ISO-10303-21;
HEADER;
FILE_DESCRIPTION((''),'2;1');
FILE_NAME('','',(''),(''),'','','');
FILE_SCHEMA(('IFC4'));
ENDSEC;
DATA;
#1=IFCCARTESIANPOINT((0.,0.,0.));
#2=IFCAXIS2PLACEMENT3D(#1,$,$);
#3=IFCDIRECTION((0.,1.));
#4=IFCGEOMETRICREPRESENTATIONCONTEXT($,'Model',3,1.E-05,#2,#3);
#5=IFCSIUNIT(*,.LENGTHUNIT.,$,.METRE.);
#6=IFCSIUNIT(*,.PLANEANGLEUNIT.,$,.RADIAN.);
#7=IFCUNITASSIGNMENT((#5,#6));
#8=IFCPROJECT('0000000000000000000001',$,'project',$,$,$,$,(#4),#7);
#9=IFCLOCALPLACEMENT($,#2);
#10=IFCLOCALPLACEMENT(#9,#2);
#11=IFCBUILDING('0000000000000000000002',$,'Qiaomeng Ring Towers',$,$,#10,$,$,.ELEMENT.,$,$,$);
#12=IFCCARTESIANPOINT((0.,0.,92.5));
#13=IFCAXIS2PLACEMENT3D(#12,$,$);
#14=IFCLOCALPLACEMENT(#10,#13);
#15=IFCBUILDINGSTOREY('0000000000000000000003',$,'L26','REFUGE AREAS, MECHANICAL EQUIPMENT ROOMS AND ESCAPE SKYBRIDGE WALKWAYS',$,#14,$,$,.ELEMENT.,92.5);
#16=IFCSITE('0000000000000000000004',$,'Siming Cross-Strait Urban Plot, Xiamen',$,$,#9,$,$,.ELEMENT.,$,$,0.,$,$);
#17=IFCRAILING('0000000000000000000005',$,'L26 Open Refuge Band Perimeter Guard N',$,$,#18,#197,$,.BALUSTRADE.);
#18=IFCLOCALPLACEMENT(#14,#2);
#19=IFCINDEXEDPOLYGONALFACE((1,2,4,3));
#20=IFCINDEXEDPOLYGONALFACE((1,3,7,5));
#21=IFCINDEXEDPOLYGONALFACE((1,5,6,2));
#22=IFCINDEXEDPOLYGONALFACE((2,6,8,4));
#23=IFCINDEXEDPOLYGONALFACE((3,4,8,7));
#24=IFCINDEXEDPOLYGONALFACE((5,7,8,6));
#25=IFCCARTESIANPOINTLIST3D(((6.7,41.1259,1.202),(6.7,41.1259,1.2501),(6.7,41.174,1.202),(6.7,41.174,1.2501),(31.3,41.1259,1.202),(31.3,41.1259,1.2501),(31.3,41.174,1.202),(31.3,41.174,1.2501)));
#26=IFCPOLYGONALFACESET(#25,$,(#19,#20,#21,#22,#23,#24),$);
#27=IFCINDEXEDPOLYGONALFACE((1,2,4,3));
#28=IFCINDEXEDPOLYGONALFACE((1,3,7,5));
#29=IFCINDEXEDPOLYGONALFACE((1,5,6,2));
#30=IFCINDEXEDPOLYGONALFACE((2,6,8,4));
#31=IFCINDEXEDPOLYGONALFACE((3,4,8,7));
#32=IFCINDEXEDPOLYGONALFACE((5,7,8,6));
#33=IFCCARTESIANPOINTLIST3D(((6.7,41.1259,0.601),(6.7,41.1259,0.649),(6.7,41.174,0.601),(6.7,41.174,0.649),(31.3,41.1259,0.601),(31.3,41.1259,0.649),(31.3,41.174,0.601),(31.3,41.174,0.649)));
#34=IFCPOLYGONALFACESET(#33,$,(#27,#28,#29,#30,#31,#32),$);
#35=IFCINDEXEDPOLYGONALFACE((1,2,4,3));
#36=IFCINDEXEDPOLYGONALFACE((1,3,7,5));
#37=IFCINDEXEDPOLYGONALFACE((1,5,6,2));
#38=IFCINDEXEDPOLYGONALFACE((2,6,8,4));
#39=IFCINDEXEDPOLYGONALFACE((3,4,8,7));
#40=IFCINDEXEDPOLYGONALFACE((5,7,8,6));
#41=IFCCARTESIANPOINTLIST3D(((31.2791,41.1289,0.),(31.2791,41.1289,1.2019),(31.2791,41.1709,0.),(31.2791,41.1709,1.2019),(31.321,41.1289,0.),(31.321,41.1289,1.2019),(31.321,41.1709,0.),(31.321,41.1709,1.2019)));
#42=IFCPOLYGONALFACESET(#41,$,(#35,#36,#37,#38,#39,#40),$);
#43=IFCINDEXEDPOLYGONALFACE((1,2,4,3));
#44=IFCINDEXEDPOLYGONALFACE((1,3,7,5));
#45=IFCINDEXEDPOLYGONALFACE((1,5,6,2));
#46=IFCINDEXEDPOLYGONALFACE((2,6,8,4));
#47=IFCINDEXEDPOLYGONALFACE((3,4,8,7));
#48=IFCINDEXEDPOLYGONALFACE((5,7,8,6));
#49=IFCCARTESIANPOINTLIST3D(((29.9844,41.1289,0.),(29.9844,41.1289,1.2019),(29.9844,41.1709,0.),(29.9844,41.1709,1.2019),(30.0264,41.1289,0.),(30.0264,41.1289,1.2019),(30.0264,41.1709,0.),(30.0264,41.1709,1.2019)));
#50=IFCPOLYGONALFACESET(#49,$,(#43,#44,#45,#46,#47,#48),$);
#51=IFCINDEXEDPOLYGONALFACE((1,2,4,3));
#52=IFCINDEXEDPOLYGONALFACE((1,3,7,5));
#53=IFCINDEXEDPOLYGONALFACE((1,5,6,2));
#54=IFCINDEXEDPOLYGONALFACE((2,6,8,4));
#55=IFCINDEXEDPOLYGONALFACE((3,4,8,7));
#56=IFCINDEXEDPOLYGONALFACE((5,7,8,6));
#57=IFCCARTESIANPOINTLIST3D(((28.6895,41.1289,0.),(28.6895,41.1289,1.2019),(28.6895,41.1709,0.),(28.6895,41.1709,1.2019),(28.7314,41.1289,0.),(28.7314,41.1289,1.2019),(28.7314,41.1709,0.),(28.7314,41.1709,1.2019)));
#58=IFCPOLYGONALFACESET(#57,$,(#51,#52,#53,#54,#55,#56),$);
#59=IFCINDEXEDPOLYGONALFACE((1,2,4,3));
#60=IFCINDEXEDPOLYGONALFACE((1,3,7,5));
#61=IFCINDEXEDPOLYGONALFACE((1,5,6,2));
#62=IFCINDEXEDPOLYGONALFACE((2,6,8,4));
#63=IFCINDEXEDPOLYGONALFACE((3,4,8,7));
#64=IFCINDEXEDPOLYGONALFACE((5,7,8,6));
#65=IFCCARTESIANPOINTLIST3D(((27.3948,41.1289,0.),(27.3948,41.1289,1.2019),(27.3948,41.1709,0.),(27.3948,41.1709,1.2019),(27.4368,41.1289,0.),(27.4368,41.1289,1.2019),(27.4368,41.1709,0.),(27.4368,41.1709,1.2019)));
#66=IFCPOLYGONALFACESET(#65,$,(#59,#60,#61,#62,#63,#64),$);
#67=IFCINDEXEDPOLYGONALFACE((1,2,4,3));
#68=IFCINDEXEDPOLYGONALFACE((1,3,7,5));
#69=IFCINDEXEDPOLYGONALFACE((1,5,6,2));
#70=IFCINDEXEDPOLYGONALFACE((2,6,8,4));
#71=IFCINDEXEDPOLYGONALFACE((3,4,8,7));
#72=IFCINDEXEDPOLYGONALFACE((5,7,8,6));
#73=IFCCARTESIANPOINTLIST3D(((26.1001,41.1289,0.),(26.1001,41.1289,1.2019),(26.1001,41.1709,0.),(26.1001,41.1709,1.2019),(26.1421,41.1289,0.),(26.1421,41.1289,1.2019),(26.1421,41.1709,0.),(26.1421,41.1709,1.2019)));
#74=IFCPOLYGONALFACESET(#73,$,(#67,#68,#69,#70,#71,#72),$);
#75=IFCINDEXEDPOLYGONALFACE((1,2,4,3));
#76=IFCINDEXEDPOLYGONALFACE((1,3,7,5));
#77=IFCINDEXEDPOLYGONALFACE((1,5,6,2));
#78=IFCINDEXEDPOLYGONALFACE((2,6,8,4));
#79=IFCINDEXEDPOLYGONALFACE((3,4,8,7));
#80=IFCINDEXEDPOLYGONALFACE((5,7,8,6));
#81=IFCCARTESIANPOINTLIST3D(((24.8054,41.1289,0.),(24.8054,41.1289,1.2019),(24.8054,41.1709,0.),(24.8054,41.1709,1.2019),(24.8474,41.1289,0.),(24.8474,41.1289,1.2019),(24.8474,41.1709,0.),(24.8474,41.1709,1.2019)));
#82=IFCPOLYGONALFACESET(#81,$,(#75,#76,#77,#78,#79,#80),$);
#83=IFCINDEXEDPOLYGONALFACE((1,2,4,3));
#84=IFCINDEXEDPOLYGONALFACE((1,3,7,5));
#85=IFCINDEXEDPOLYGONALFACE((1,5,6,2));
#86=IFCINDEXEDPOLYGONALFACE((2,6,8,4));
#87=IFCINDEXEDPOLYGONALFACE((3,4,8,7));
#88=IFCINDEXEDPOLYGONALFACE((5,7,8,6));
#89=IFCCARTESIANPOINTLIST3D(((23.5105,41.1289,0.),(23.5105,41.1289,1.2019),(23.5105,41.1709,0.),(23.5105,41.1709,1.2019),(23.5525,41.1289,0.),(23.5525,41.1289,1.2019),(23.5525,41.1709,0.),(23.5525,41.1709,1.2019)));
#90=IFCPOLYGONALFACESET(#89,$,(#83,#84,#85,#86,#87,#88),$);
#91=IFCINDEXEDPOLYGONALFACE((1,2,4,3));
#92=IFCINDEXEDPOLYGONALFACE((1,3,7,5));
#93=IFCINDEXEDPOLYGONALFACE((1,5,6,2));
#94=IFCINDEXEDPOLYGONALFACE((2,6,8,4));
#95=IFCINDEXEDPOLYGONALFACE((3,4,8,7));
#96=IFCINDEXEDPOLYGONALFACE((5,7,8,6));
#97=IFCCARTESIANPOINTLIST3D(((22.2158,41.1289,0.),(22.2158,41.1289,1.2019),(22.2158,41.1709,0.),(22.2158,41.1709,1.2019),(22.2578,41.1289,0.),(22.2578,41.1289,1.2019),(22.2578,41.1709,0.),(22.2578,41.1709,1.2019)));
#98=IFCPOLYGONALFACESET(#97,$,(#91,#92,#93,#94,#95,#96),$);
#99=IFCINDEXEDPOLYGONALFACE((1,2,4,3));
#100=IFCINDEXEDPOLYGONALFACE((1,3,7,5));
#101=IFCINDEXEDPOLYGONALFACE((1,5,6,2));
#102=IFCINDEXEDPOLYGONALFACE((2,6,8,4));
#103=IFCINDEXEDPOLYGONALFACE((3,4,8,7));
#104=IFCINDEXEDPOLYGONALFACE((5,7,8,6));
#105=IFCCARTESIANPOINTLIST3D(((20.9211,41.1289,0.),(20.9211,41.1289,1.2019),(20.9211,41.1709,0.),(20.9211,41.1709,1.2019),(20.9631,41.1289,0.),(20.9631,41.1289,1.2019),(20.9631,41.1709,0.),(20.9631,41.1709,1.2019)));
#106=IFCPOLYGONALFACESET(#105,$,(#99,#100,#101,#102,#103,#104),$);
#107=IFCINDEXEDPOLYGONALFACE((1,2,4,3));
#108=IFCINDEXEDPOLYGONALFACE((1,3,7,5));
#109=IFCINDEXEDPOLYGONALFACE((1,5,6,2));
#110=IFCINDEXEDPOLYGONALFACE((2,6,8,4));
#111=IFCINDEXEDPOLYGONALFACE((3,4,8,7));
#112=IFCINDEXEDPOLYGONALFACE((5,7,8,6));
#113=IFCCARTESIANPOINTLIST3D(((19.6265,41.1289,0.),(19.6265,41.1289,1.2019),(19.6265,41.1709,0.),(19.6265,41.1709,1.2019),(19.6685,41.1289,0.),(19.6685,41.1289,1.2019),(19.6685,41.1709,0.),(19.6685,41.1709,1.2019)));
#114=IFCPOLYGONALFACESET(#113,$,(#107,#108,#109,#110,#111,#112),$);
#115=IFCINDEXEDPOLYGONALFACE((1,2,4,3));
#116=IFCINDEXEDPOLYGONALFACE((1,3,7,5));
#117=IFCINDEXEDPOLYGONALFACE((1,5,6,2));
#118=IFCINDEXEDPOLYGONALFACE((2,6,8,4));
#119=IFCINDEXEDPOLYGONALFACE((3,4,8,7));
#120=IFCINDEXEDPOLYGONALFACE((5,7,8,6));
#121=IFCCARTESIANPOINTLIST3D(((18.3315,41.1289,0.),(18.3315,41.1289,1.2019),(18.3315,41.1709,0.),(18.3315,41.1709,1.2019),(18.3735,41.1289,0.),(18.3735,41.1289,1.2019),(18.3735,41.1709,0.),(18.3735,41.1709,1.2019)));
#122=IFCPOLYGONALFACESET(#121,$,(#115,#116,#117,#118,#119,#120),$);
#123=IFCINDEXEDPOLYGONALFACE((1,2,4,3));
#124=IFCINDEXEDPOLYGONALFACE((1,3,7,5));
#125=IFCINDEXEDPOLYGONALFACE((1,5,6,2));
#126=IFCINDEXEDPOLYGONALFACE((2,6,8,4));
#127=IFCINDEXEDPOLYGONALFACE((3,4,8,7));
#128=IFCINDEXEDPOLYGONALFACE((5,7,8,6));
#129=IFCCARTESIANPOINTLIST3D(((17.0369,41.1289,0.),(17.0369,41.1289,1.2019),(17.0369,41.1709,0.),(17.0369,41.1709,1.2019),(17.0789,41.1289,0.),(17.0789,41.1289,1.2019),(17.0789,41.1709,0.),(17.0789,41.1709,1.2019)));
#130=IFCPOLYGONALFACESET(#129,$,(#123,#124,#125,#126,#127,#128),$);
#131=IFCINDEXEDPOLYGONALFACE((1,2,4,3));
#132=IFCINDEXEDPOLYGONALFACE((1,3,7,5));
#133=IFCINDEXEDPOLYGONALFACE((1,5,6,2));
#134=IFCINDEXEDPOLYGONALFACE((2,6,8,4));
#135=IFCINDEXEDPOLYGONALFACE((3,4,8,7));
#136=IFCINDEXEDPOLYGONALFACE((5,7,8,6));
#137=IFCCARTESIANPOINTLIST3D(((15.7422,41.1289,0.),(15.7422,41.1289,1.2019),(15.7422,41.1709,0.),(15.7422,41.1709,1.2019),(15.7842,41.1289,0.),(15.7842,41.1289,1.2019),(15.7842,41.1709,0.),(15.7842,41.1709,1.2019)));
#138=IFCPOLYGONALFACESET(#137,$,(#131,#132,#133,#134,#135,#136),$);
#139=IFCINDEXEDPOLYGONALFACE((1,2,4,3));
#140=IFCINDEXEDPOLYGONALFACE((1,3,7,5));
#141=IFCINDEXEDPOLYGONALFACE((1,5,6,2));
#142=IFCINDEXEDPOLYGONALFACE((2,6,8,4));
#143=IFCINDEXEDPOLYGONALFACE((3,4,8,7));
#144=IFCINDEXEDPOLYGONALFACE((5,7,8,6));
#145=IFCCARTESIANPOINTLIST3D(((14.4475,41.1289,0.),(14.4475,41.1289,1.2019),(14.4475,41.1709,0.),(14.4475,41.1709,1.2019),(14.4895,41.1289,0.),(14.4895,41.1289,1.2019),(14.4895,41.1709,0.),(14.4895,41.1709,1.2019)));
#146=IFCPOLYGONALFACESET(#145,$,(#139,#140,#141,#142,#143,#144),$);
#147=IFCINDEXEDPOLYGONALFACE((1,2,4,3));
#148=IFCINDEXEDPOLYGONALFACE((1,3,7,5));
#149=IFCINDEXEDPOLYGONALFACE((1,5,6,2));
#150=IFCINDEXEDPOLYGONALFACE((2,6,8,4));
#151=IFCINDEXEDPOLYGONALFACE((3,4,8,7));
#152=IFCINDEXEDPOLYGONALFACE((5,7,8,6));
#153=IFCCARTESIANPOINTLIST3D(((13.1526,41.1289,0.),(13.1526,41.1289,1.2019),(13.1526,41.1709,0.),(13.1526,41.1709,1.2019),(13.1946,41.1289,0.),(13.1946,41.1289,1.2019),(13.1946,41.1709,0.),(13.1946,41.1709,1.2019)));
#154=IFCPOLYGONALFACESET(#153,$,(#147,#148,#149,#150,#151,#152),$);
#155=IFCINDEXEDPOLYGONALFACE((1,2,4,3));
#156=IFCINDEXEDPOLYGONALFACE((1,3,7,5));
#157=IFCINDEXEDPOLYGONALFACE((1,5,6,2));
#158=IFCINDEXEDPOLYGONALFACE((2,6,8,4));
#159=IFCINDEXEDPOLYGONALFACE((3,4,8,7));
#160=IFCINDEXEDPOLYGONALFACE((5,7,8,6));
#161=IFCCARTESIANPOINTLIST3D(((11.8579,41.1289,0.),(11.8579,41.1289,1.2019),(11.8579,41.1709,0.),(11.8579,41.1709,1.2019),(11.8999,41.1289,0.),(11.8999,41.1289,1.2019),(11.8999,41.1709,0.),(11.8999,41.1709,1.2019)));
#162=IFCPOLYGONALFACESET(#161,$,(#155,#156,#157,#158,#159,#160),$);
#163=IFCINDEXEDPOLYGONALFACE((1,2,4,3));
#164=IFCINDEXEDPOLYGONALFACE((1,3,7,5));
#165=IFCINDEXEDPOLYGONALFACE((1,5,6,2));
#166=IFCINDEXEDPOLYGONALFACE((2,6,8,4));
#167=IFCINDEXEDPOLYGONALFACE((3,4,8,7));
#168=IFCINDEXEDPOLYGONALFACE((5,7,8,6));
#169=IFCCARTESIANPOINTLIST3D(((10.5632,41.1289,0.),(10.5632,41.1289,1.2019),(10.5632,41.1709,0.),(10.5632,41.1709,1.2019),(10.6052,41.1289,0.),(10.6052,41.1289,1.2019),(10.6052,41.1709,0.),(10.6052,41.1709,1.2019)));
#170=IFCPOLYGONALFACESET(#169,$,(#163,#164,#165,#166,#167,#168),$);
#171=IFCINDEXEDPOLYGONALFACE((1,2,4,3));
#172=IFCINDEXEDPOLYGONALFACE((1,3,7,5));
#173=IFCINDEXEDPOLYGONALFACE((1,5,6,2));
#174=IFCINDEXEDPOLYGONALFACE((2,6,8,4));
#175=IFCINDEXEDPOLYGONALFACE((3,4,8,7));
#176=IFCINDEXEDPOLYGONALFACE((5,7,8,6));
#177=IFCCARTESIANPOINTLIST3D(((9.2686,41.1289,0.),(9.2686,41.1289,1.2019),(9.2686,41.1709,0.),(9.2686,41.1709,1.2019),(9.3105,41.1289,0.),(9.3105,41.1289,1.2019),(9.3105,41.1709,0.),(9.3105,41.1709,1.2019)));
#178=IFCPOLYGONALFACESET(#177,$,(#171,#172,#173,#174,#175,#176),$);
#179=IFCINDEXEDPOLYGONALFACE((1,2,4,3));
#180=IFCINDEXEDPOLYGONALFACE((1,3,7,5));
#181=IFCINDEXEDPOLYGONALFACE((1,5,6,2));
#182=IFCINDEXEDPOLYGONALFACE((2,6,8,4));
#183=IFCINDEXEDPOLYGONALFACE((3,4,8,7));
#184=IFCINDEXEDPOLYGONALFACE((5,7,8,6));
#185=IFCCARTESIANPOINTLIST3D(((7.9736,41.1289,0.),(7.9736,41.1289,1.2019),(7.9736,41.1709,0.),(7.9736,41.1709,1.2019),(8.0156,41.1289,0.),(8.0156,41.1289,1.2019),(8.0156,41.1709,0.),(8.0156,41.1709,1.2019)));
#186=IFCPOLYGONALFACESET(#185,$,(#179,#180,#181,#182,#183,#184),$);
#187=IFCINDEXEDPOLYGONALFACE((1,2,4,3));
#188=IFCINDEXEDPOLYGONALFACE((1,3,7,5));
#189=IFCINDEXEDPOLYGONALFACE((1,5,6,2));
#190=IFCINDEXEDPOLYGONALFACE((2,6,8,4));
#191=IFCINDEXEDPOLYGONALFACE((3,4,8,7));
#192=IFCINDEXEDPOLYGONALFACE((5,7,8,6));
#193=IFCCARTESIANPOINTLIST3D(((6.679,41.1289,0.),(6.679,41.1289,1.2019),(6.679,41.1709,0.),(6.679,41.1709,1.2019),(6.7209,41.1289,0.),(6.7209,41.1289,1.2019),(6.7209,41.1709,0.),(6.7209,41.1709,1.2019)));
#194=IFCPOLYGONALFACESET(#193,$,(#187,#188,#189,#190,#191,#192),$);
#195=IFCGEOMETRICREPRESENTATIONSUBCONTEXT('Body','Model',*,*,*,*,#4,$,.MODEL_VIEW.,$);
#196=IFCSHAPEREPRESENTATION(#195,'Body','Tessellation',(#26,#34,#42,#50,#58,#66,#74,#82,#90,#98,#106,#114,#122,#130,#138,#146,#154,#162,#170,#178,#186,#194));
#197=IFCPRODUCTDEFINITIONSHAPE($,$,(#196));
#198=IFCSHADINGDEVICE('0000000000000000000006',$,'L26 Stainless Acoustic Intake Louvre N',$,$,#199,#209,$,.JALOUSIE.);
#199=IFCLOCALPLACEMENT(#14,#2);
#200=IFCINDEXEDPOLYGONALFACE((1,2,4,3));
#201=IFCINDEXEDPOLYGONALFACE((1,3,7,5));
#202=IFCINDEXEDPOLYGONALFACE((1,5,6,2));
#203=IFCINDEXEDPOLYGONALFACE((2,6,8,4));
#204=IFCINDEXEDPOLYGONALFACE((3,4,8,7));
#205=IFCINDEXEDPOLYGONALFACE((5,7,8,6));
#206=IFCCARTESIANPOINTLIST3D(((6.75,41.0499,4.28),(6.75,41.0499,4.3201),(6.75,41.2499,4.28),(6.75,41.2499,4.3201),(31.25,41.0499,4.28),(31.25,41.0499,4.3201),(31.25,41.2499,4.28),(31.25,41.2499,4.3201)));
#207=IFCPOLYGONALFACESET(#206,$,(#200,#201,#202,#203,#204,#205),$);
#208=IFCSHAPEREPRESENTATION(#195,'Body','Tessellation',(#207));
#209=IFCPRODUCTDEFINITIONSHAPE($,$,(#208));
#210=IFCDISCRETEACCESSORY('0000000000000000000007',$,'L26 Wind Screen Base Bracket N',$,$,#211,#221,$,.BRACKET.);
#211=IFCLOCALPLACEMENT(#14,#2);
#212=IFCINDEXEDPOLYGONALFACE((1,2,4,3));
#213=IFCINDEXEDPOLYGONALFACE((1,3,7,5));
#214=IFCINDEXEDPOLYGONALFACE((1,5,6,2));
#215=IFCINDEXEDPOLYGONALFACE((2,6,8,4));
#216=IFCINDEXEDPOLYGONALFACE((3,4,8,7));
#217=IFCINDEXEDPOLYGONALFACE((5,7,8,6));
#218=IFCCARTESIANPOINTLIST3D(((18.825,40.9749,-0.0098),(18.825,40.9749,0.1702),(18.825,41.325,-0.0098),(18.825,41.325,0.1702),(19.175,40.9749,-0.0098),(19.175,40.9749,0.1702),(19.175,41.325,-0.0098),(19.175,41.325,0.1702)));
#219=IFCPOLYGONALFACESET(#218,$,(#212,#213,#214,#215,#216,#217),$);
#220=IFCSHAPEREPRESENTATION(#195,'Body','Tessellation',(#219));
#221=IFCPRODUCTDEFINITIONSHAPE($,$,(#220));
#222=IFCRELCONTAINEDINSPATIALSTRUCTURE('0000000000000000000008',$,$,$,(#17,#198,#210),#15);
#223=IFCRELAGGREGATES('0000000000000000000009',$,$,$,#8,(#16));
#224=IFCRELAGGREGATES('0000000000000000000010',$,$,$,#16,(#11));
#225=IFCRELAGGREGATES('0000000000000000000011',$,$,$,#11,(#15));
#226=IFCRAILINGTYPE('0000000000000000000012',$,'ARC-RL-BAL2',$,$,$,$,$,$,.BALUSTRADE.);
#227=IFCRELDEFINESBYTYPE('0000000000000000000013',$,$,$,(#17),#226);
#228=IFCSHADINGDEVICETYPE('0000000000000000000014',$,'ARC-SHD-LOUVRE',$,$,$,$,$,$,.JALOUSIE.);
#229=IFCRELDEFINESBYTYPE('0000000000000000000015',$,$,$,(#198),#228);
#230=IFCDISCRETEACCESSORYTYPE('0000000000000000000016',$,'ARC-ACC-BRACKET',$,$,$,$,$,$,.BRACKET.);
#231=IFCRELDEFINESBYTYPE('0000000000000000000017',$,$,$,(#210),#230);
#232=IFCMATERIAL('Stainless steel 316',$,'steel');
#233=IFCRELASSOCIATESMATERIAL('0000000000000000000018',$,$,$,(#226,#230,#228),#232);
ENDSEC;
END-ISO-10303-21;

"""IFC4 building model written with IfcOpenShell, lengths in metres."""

from ifc_helpers import new_model, si_unit, direction, frame, origin, origin_2d, place, context, subcontext, project, spatial, rectangle, extrude, source, transform, mapped, material, material_profile, profile_set, type_object, element, save


model = new_model("IFC4")

# Units and contexts
model_context = context("Model", 3, precision=1e-05, world=origin(), true_north=direction((0.0, 1.0)))
body_context = subcontext(model_context, "Body", "Model", "MODEL_VIEW")
ifc_project = project(units=[si_unit("LENGTHUNIT", "METRE"), si_unit("PLANEANGLEUNIT", "RADIAN")], contexts=[model_context])

# Site, building, storey
site_placement = place(None, origin())
site = spatial("IfcSite", under=ifc_project, at=site_placement, Name="Siming Cross-Strait Urban Plot, Xiamen", CompositionType="ELEMENT", RefElevation=0.0)
building_placement = place(site_placement, origin())
building = spatial("IfcBuilding", under=site, at=building_placement, Name="Qiaomeng Ring Towers", CompositionType="ELEMENT")
storey_placement = place(building_placement, frame((0.0, 0.0, 92.5)))
storey = spatial("IfcBuildingStorey", under=building, at=storey_placement, Name="L26", Description="REFUGE AREAS, MECHANICAL EQUIPMENT ROOMS AND ESCAPE SKYBRIDGE WALKWAYS", CompositionType="ELEMENT", Elevation=92.5)

# Shared definitions
ifc_material_1 = material(Name="Stainless steel 316", Category="steel")

# Railing
railing_type = type_object("IfcRailingType", Name="ARC-RL-BAL2", PredefinedType="BALUSTRADE", material=ifc_material_1)
railing_placement = place(storey_placement, frame((31.3, 41.1499, 0.0)))
element("IfcRailing", 1, at=railing_placement, inside=storey, type_object=railing_type, Name="L26 Open Refuge Band Perimeter Guard N", PredefinedType="BALUSTRADE", context=body_context, shape_type="SweptSolid", body=[
    extrude(rectangle(XDim=0.0481, YDim=0.0481, at=origin_2d()), frame((0.0, 0.0, 1.2261), z_axis=(-1.0, 0.0, 0.0), x_axis=(0.0, -1.0, 0.0)), (0.0, 0.0, 1.0), 24.6001),
    extrude(rectangle(XDim=0.0481, YDim=0.0481, at=origin_2d()), frame((0.0, 0.0, 0.625), z_axis=(-1.0, 0.0, 0.0), x_axis=(0.0, -1.0, 0.0)), (0.0, 0.0, 1.0), 24.6001),
    extrude(rectangle(XDim=0.042, YDim=0.042, at=origin_2d()), origin(), (0.0, 0.0, 1.0), 1.2019),
    extrude(rectangle(XDim=0.042, YDim=0.042, at=origin_2d()), frame((-1.2947, 0.0, 0.0)), (0.0, 0.0, 1.0), 1.2019),
    extrude(rectangle(XDim=0.042, YDim=0.042, at=origin_2d()), frame((-2.5896, 0.0, 0.0)), (0.0, 0.0, 1.0), 1.2019),
    extrude(rectangle(XDim=0.042, YDim=0.042, at=origin_2d()), frame((-3.8843, 0.0, 0.0)), (0.0, 0.0, 1.0), 1.2019),
    extrude(rectangle(XDim=0.042, YDim=0.042, at=origin_2d()), frame((-5.179, 0.0, 0.0)), (0.0, 0.0, 1.0), 1.2019),
    extrude(rectangle(XDim=0.042, YDim=0.042, at=origin_2d()), frame((-6.4736, 0.0, 0.0)), (0.0, 0.0, 1.0), 1.2019),
    extrude(rectangle(XDim=0.042, YDim=0.042, at=origin_2d()), frame((-7.7686, 0.0, 0.0)), (0.0, 0.0, 1.0), 1.2019),
    extrude(rectangle(XDim=0.042, YDim=0.042, at=origin_2d()), frame((-9.0632, 0.0, 0.0)), (0.0, 0.0, 1.0), 1.2019),
    extrude(rectangle(XDim=0.042, YDim=0.042, at=origin_2d()), frame((-10.3579, 0.0, 0.0)), (0.0, 0.0, 1.0), 1.2019),
    extrude(rectangle(XDim=0.042, YDim=0.042, at=origin_2d()), frame((-11.6526, 0.0, 0.0)), (0.0, 0.0, 1.0), 1.2019),
    extrude(rectangle(XDim=0.042, YDim=0.042, at=origin_2d()), frame((-12.9475, 0.0, 0.0)), (0.0, 0.0, 1.0), 1.2019),
    extrude(rectangle(XDim=0.042, YDim=0.042, at=origin_2d()), frame((-14.2422, 0.0, 0.0)), (0.0, 0.0, 1.0), 1.2019),
    extrude(rectangle(XDim=0.042, YDim=0.042, at=origin_2d()), frame((-15.5369, 0.0, 0.0)), (0.0, 0.0, 1.0), 1.2019),
    extrude(rectangle(XDim=0.042, YDim=0.042, at=origin_2d()), frame((-16.8315, 0.0, 0.0)), (0.0, 0.0, 1.0), 1.2019),
    extrude(rectangle(XDim=0.042, YDim=0.042, at=origin_2d()), frame((-18.1265, 0.0, 0.0)), (0.0, 0.0, 1.0), 1.2019),
    extrude(rectangle(XDim=0.042, YDim=0.042, at=origin_2d()), frame((-19.4211, 0.0, 0.0)), (0.0, 0.0, 1.0), 1.2019),
    extrude(rectangle(XDim=0.042, YDim=0.042, at=origin_2d()), frame((-20.7158, 0.0, 0.0)), (0.0, 0.0, 1.0), 1.2019),
    extrude(rectangle(XDim=0.042, YDim=0.042, at=origin_2d()), frame((-22.0105, 0.0, 0.0)), (0.0, 0.0, 1.0), 1.2019),
    extrude(rectangle(XDim=0.042, YDim=0.042, at=origin_2d()), frame((-23.3054, 0.0, 0.0)), (0.0, 0.0, 1.0), 1.2019),
    extrude(rectangle(XDim=0.042, YDim=0.042, at=origin_2d()), frame((-24.6001, 0.0, 0.0)), (0.0, 0.0, 1.0), 1.2019),
])

# Shading device
ifc_material_profile_1 = material_profile(ifc_material_1, rectangle(XDim=0.2, YDim=0.04, at=origin_2d()), Name="LV BLADE 200x40")
ifc_profile_set_1 = profile_set([ifc_material_profile_1], Name="Stainless steel 316")
shading_device_type = type_object("IfcShadingDeviceType", Name="ARC-SHD-LOUVRE", PredefinedType="JALOUSIE", material=ifc_profile_set_1)
shared_shape_1 = source(origin(), body_context, "Body", "SweptSolid", [
    extrude(rectangle(XDim=0.2, YDim=0.04, at=origin_2d()), origin(), (0.0, 0.0, 1.0), 24.5),
])
shading_device_placement = place(storey_placement, frame((31.25, 41.1499, 4.3), z_axis=(-1.0, 0.0, 0.0), x_axis=(0.0, -1.0, 0.0)))
element("IfcShadingDevice", 2, at=shading_device_placement, inside=storey, type_object=shading_device_type, Name="L26 Stainless Acoustic Intake Louvre N", PredefinedType="JALOUSIE", context=body_context, shape_type="MappedRepresentation", body=[
    mapped(shared_shape_1, transform((0.0, 0.0, 0.0), x_axis=(1.0, 0.0, 0.0), y_axis=(0.0, 1.0, 0.0), z_axis=(0.0, 0.0, 1.0), scale=1.0)),
])

# Discrete accessory
discrete_accessory_type = type_object("IfcDiscreteAccessoryType", Name="ARC-ACC-BRACKET", PredefinedType="BRACKET", material=ifc_material_1)
shared_shape_2 = source(origin(), body_context, "Body", "SweptSolid", [
    extrude(rectangle(XDim=0.3501, YDim=0.3501, at=origin_2d()), origin(), (0.0, 0.0, 1.0), 0.1799),
])
discrete_accessory_placement = place(storey_placement, frame((19.0, 41.1499, -0.0098), z_axis=(0.0, 0.0, 1.0), x_axis=(-1.0, 0.0, 0.0)))
element("IfcDiscreteAccessory", 3, at=discrete_accessory_placement, inside=storey, type_object=discrete_accessory_type, Name="L26 Wind Screen Base Bracket N", PredefinedType="BRACKET", context=body_context, shape_type="MappedRepresentation", body=[
    mapped(shared_shape_2, transform((0.0, 0.0, 0.0), x_axis=(1.0, 0.0, 0.0), y_axis=(0.0, 1.0, 0.0), z_axis=(0.0, 0.0, 1.0), scale=1.0)),
])

save(model, "model.ifc")
